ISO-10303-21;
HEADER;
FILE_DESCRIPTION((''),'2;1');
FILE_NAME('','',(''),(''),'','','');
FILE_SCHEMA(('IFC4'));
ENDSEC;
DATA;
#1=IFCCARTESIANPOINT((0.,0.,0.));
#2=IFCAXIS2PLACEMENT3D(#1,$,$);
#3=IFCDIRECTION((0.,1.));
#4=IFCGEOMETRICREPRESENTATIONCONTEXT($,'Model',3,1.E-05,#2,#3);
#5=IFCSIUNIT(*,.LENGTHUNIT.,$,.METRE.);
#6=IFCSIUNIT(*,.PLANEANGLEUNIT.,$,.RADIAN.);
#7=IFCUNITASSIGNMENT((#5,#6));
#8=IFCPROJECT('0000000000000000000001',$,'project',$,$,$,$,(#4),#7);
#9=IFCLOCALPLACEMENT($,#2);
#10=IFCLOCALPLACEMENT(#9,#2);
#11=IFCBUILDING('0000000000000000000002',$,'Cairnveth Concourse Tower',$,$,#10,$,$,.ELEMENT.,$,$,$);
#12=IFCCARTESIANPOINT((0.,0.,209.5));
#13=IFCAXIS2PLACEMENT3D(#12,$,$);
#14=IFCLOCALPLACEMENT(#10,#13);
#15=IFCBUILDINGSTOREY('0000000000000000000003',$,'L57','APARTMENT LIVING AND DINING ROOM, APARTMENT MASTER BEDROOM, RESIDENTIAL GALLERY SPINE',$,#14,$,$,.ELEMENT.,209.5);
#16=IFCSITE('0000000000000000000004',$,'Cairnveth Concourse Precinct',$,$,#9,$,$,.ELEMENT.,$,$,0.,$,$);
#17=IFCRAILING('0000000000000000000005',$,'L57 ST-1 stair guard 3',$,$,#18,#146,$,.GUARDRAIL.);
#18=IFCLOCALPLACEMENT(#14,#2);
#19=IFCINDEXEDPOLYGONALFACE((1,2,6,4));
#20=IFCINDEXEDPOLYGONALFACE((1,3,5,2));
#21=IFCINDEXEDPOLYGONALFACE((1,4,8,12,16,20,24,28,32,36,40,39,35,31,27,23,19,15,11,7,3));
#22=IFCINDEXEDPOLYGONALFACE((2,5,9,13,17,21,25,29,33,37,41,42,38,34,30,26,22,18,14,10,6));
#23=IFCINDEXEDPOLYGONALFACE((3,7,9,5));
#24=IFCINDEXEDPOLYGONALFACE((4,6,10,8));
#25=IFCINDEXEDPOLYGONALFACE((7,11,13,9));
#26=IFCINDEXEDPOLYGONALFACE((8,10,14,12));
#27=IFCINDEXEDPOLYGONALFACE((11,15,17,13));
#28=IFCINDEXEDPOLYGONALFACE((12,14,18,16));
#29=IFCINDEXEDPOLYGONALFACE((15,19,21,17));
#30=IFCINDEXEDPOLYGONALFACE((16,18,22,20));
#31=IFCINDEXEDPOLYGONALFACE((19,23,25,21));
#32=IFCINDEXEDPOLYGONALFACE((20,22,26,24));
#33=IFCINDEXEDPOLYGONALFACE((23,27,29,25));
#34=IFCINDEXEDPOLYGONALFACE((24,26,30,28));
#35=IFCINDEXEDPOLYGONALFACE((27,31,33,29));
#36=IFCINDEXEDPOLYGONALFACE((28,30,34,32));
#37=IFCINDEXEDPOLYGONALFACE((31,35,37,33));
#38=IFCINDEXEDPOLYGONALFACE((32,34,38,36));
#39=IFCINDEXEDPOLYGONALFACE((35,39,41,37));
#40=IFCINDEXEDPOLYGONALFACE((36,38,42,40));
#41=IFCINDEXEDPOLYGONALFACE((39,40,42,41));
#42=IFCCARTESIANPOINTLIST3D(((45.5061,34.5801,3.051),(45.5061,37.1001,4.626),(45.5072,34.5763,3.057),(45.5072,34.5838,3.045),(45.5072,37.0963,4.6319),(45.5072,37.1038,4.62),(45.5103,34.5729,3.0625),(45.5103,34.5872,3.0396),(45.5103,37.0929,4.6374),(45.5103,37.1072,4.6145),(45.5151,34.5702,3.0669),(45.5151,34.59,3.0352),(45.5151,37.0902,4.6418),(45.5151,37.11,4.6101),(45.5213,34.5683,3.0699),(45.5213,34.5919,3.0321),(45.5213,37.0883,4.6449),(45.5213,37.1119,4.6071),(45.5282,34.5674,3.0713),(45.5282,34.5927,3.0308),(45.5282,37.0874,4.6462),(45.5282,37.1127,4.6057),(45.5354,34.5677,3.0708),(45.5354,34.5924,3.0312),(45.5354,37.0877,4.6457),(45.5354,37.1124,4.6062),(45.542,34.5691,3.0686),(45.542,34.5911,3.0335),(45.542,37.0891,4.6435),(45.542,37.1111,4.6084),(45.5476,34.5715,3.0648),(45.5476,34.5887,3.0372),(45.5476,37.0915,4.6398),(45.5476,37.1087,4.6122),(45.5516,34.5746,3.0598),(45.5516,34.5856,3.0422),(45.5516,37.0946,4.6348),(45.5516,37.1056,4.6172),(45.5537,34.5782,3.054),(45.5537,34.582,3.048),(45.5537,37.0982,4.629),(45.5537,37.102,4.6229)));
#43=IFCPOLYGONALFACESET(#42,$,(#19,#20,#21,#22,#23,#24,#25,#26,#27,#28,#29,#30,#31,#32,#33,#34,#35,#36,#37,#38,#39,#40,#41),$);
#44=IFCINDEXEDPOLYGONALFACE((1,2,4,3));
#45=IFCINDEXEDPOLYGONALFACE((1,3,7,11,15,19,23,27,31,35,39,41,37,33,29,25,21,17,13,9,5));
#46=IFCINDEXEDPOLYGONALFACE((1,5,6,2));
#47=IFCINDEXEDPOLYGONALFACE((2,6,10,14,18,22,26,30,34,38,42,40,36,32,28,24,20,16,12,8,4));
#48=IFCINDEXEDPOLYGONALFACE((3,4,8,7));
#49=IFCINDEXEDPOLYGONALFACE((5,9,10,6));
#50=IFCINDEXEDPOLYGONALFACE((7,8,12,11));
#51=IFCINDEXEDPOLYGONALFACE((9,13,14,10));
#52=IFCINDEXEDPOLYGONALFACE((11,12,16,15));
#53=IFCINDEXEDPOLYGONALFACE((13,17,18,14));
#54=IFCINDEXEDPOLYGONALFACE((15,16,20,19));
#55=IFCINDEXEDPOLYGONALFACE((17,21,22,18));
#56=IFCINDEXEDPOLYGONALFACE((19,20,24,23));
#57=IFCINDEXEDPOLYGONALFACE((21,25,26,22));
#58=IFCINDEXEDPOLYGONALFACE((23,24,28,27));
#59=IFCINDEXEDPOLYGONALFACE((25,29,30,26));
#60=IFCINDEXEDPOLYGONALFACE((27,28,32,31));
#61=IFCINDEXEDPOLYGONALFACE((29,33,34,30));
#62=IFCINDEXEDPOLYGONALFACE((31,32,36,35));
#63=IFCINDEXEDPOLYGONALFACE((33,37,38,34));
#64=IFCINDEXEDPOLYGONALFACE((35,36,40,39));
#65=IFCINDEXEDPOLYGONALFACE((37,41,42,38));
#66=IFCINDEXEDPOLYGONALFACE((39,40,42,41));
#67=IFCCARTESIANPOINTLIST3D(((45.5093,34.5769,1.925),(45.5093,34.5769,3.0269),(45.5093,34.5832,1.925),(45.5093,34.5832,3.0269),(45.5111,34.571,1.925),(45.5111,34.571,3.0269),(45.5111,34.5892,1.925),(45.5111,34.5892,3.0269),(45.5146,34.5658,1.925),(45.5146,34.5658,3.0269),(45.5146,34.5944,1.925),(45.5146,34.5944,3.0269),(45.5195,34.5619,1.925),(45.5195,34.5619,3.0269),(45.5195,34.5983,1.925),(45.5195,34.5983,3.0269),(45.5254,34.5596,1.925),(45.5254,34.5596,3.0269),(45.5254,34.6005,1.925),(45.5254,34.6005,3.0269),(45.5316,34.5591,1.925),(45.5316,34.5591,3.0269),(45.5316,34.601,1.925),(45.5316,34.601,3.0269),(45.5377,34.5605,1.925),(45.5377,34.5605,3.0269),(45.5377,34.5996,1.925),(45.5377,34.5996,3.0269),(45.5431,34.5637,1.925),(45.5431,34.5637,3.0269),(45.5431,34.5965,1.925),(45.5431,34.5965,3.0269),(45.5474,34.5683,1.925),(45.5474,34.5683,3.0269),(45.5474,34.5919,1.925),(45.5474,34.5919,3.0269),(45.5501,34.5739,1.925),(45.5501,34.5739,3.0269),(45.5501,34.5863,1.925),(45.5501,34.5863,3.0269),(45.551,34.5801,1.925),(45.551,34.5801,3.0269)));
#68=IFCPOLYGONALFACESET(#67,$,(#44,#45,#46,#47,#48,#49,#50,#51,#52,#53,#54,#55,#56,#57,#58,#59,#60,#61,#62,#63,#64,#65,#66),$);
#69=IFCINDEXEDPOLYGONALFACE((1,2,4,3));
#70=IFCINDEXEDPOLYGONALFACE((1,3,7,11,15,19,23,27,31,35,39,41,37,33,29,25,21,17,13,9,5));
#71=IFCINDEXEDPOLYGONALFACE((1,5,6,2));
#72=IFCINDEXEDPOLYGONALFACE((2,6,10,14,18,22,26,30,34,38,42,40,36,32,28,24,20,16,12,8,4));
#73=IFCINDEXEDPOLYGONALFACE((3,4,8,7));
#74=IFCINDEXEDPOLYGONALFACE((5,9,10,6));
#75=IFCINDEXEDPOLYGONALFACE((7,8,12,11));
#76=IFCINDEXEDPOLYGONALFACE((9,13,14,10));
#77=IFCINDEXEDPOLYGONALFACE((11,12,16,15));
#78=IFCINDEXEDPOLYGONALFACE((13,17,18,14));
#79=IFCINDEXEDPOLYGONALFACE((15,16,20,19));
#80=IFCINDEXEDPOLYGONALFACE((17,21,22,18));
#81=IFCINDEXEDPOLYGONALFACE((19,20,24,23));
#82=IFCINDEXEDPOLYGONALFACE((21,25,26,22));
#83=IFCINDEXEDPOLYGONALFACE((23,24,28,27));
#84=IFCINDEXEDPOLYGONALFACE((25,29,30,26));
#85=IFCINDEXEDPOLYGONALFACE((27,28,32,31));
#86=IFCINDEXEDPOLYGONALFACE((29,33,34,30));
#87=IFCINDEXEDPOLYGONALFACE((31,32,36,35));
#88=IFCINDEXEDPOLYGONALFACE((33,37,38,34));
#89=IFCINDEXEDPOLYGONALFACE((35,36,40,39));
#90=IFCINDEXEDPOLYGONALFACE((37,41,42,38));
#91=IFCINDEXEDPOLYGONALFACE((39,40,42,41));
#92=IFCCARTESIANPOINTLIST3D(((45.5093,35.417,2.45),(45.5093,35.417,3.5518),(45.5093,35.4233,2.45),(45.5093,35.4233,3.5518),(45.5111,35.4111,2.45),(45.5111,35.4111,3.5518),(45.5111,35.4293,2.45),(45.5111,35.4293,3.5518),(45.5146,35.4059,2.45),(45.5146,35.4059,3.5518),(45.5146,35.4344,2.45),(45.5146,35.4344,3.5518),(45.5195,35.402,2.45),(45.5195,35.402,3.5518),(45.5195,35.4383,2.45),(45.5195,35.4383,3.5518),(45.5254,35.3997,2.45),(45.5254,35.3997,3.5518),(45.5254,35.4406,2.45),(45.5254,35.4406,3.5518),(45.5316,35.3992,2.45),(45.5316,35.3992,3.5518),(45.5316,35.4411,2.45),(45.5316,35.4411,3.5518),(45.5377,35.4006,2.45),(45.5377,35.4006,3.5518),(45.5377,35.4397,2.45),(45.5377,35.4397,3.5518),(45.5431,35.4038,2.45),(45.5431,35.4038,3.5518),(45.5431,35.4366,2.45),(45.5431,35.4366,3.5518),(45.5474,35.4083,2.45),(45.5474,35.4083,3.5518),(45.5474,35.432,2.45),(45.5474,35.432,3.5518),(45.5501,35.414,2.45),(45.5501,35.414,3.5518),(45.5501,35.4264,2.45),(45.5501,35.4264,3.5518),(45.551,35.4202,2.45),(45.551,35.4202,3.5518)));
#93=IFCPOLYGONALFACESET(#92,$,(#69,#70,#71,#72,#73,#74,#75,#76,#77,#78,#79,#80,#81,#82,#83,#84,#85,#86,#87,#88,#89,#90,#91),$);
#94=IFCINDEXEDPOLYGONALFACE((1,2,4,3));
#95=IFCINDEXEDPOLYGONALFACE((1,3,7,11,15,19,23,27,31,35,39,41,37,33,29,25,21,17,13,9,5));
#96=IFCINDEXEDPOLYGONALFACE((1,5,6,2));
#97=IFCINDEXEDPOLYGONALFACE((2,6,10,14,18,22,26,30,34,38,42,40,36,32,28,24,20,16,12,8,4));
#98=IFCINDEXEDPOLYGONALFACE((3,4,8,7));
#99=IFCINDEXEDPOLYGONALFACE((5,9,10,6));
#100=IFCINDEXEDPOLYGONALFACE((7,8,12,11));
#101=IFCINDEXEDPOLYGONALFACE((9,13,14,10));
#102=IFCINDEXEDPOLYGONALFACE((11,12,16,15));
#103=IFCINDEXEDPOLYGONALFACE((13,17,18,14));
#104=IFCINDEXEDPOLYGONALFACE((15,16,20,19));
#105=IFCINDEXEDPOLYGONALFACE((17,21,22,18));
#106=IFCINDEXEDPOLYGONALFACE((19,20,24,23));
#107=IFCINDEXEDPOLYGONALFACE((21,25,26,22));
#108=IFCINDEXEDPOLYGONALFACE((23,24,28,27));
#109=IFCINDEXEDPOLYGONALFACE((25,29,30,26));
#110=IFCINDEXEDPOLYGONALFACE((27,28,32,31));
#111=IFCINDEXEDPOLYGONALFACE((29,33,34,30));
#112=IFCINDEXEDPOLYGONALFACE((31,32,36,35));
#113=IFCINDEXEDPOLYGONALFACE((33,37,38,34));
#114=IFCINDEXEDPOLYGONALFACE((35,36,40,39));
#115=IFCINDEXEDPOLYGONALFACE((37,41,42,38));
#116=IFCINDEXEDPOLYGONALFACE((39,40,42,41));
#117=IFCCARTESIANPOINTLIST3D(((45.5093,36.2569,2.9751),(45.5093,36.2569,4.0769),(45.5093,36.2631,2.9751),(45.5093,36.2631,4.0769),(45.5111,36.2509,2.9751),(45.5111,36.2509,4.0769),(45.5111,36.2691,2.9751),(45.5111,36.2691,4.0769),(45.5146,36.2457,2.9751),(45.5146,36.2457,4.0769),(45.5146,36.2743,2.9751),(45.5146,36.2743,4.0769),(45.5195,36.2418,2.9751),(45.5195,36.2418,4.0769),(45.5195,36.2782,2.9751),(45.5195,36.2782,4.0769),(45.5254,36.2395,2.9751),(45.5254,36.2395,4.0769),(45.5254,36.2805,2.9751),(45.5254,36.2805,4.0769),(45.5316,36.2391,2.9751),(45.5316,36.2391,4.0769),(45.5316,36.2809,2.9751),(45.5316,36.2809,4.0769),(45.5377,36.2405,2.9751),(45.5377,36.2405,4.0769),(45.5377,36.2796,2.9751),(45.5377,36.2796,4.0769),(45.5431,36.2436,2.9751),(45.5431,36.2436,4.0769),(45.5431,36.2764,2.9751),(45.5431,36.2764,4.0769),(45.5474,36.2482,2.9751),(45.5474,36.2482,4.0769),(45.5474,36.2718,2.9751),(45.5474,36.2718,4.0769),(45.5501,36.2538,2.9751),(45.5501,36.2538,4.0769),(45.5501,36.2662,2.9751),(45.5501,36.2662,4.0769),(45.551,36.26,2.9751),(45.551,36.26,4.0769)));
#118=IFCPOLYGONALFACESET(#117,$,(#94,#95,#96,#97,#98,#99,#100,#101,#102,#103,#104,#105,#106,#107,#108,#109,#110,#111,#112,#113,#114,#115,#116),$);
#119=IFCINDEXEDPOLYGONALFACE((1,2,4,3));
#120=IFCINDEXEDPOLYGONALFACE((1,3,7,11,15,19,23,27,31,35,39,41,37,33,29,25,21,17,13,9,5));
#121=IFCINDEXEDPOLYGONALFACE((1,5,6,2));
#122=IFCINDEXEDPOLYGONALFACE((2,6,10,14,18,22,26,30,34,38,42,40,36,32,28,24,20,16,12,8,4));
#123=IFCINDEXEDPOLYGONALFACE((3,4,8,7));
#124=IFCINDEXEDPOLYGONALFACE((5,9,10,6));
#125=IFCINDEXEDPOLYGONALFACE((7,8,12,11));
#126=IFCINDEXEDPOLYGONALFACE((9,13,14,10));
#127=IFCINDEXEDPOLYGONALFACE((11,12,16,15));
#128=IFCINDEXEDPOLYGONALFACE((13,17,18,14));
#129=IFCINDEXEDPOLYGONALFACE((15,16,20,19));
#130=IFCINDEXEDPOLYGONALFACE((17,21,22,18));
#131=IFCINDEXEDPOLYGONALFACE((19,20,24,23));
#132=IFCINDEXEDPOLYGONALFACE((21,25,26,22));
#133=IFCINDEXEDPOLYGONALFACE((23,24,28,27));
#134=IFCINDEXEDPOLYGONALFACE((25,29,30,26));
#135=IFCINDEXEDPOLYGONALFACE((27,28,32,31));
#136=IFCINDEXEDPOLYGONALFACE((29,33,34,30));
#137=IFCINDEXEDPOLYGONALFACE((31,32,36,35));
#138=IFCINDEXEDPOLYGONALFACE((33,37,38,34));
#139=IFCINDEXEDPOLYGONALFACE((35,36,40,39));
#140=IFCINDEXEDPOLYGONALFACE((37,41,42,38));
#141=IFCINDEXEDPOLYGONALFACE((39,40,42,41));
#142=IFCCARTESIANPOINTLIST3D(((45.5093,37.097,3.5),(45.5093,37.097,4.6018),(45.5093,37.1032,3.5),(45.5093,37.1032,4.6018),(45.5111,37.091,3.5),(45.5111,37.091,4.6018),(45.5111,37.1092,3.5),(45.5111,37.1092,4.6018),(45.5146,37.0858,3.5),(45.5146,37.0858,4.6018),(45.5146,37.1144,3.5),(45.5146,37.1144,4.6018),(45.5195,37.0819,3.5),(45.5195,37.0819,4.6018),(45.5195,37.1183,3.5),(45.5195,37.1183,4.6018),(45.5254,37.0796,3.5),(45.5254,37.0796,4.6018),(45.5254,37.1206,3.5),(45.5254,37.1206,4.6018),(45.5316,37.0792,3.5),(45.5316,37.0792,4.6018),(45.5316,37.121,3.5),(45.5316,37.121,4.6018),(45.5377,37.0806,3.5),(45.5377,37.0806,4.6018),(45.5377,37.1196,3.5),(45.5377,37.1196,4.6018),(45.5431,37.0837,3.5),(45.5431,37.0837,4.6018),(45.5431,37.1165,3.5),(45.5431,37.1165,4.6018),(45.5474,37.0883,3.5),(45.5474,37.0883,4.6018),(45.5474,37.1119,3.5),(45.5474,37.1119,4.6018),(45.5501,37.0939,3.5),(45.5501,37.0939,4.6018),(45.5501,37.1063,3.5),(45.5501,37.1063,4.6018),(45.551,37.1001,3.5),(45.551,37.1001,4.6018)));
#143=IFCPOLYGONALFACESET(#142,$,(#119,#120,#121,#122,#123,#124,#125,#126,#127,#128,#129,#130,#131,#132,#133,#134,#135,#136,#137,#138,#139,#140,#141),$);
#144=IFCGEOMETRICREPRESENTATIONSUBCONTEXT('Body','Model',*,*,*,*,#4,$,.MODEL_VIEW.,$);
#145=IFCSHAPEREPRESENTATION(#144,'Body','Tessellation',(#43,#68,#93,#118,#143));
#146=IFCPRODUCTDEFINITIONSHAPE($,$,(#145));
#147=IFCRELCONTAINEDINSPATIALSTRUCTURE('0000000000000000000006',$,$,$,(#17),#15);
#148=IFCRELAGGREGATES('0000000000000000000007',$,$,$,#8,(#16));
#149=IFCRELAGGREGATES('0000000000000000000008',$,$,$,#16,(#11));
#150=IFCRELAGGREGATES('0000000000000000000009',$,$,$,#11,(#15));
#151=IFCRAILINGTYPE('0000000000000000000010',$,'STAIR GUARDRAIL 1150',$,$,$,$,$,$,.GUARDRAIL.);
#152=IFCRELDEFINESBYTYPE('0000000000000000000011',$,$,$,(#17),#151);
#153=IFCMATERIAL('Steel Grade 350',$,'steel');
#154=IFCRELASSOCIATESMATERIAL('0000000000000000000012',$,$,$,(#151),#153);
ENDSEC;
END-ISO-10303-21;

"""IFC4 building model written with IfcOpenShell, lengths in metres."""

from ifc_helpers import new_model, si_unit, direction, frame, origin, origin_2d, place, context, subcontext, project, spatial, circle, extrude, material, type_object, element, save


model = new_model("IFC4")

# Units and contexts
model_context = context("Model", 3, precision=1e-05, world=origin(), true_north=direction((0.0, 1.0)))
body_context = subcontext(model_context, "Body", "Model", "MODEL_VIEW")
ifc_project = project(units=[si_unit("LENGTHUNIT", "METRE"), si_unit("PLANEANGLEUNIT", "RADIAN")], contexts=[model_context])

# Site, building, storey
site_placement = place(None, origin())
site = spatial("IfcSite", under=ifc_project, at=site_placement, Name="Cairnveth Concourse Precinct", CompositionType="ELEMENT", RefElevation=0.0)
building_placement = place(site_placement, origin())
building = spatial("IfcBuilding", under=site, at=building_placement, Name="Cairnveth Concourse Tower", CompositionType="ELEMENT")
storey_placement = place(building_placement, frame((0.0, 0.0, 209.5)))
storey = spatial("IfcBuildingStorey", under=building, at=storey_placement, Name="L57", Description="APARTMENT LIVING AND DINING ROOM, APARTMENT MASTER BEDROOM, RESIDENTIAL GALLERY SPINE", CompositionType="ELEMENT", Elevation=209.5)

# Railing
ifc_material_1 = material(Name="Steel Grade 350", Category="steel")
railing_type_1 = type_object("IfcRailingType", Name="STAIR GUARDRAIL 1150", PredefinedType="GUARDRAIL", material=ifc_material_1)
railing_1_placement = place(storey_placement, frame((45.53, 34.5801, 1.925)))
element("IfcRailing", 1, at=railing_1_placement, inside=storey, type_object=railing_type_1, Name="L57 ST-1 stair guard 3", PredefinedType="GUARDRAIL", context=body_context, shape_type="SweptSolid", body=[
    extrude(circle(Radius=0.0239, at=origin_2d()), frame((0.0, 0.0, 1.126), z_axis=(0.0, 0.848008, 0.529984), x_axis=(-1.0, 0.0, 0.0)), (0.0, 0.0, 1.0), 2.9717),
    extrude(circle(Radius=0.021, at=origin_2d()), origin(), (0.0, 0.0, 1.0), 1.1018),
    extrude(circle(Radius=0.021, at=origin_2d()), frame((0.0, 0.8401, 0.5249)), (0.0, 0.0, 1.0), 1.1018),
    extrude(circle(Radius=0.021, at=origin_2d()), frame((0.0, 1.6799, 1.05)), (0.0, 0.0, 1.0), 1.1018),
    extrude(circle(Radius=0.021, at=origin_2d()), frame((0.0, 2.52, 1.575)), (0.0, 0.0, 1.0), 1.1018),
])

save(model, "model.ifc")
